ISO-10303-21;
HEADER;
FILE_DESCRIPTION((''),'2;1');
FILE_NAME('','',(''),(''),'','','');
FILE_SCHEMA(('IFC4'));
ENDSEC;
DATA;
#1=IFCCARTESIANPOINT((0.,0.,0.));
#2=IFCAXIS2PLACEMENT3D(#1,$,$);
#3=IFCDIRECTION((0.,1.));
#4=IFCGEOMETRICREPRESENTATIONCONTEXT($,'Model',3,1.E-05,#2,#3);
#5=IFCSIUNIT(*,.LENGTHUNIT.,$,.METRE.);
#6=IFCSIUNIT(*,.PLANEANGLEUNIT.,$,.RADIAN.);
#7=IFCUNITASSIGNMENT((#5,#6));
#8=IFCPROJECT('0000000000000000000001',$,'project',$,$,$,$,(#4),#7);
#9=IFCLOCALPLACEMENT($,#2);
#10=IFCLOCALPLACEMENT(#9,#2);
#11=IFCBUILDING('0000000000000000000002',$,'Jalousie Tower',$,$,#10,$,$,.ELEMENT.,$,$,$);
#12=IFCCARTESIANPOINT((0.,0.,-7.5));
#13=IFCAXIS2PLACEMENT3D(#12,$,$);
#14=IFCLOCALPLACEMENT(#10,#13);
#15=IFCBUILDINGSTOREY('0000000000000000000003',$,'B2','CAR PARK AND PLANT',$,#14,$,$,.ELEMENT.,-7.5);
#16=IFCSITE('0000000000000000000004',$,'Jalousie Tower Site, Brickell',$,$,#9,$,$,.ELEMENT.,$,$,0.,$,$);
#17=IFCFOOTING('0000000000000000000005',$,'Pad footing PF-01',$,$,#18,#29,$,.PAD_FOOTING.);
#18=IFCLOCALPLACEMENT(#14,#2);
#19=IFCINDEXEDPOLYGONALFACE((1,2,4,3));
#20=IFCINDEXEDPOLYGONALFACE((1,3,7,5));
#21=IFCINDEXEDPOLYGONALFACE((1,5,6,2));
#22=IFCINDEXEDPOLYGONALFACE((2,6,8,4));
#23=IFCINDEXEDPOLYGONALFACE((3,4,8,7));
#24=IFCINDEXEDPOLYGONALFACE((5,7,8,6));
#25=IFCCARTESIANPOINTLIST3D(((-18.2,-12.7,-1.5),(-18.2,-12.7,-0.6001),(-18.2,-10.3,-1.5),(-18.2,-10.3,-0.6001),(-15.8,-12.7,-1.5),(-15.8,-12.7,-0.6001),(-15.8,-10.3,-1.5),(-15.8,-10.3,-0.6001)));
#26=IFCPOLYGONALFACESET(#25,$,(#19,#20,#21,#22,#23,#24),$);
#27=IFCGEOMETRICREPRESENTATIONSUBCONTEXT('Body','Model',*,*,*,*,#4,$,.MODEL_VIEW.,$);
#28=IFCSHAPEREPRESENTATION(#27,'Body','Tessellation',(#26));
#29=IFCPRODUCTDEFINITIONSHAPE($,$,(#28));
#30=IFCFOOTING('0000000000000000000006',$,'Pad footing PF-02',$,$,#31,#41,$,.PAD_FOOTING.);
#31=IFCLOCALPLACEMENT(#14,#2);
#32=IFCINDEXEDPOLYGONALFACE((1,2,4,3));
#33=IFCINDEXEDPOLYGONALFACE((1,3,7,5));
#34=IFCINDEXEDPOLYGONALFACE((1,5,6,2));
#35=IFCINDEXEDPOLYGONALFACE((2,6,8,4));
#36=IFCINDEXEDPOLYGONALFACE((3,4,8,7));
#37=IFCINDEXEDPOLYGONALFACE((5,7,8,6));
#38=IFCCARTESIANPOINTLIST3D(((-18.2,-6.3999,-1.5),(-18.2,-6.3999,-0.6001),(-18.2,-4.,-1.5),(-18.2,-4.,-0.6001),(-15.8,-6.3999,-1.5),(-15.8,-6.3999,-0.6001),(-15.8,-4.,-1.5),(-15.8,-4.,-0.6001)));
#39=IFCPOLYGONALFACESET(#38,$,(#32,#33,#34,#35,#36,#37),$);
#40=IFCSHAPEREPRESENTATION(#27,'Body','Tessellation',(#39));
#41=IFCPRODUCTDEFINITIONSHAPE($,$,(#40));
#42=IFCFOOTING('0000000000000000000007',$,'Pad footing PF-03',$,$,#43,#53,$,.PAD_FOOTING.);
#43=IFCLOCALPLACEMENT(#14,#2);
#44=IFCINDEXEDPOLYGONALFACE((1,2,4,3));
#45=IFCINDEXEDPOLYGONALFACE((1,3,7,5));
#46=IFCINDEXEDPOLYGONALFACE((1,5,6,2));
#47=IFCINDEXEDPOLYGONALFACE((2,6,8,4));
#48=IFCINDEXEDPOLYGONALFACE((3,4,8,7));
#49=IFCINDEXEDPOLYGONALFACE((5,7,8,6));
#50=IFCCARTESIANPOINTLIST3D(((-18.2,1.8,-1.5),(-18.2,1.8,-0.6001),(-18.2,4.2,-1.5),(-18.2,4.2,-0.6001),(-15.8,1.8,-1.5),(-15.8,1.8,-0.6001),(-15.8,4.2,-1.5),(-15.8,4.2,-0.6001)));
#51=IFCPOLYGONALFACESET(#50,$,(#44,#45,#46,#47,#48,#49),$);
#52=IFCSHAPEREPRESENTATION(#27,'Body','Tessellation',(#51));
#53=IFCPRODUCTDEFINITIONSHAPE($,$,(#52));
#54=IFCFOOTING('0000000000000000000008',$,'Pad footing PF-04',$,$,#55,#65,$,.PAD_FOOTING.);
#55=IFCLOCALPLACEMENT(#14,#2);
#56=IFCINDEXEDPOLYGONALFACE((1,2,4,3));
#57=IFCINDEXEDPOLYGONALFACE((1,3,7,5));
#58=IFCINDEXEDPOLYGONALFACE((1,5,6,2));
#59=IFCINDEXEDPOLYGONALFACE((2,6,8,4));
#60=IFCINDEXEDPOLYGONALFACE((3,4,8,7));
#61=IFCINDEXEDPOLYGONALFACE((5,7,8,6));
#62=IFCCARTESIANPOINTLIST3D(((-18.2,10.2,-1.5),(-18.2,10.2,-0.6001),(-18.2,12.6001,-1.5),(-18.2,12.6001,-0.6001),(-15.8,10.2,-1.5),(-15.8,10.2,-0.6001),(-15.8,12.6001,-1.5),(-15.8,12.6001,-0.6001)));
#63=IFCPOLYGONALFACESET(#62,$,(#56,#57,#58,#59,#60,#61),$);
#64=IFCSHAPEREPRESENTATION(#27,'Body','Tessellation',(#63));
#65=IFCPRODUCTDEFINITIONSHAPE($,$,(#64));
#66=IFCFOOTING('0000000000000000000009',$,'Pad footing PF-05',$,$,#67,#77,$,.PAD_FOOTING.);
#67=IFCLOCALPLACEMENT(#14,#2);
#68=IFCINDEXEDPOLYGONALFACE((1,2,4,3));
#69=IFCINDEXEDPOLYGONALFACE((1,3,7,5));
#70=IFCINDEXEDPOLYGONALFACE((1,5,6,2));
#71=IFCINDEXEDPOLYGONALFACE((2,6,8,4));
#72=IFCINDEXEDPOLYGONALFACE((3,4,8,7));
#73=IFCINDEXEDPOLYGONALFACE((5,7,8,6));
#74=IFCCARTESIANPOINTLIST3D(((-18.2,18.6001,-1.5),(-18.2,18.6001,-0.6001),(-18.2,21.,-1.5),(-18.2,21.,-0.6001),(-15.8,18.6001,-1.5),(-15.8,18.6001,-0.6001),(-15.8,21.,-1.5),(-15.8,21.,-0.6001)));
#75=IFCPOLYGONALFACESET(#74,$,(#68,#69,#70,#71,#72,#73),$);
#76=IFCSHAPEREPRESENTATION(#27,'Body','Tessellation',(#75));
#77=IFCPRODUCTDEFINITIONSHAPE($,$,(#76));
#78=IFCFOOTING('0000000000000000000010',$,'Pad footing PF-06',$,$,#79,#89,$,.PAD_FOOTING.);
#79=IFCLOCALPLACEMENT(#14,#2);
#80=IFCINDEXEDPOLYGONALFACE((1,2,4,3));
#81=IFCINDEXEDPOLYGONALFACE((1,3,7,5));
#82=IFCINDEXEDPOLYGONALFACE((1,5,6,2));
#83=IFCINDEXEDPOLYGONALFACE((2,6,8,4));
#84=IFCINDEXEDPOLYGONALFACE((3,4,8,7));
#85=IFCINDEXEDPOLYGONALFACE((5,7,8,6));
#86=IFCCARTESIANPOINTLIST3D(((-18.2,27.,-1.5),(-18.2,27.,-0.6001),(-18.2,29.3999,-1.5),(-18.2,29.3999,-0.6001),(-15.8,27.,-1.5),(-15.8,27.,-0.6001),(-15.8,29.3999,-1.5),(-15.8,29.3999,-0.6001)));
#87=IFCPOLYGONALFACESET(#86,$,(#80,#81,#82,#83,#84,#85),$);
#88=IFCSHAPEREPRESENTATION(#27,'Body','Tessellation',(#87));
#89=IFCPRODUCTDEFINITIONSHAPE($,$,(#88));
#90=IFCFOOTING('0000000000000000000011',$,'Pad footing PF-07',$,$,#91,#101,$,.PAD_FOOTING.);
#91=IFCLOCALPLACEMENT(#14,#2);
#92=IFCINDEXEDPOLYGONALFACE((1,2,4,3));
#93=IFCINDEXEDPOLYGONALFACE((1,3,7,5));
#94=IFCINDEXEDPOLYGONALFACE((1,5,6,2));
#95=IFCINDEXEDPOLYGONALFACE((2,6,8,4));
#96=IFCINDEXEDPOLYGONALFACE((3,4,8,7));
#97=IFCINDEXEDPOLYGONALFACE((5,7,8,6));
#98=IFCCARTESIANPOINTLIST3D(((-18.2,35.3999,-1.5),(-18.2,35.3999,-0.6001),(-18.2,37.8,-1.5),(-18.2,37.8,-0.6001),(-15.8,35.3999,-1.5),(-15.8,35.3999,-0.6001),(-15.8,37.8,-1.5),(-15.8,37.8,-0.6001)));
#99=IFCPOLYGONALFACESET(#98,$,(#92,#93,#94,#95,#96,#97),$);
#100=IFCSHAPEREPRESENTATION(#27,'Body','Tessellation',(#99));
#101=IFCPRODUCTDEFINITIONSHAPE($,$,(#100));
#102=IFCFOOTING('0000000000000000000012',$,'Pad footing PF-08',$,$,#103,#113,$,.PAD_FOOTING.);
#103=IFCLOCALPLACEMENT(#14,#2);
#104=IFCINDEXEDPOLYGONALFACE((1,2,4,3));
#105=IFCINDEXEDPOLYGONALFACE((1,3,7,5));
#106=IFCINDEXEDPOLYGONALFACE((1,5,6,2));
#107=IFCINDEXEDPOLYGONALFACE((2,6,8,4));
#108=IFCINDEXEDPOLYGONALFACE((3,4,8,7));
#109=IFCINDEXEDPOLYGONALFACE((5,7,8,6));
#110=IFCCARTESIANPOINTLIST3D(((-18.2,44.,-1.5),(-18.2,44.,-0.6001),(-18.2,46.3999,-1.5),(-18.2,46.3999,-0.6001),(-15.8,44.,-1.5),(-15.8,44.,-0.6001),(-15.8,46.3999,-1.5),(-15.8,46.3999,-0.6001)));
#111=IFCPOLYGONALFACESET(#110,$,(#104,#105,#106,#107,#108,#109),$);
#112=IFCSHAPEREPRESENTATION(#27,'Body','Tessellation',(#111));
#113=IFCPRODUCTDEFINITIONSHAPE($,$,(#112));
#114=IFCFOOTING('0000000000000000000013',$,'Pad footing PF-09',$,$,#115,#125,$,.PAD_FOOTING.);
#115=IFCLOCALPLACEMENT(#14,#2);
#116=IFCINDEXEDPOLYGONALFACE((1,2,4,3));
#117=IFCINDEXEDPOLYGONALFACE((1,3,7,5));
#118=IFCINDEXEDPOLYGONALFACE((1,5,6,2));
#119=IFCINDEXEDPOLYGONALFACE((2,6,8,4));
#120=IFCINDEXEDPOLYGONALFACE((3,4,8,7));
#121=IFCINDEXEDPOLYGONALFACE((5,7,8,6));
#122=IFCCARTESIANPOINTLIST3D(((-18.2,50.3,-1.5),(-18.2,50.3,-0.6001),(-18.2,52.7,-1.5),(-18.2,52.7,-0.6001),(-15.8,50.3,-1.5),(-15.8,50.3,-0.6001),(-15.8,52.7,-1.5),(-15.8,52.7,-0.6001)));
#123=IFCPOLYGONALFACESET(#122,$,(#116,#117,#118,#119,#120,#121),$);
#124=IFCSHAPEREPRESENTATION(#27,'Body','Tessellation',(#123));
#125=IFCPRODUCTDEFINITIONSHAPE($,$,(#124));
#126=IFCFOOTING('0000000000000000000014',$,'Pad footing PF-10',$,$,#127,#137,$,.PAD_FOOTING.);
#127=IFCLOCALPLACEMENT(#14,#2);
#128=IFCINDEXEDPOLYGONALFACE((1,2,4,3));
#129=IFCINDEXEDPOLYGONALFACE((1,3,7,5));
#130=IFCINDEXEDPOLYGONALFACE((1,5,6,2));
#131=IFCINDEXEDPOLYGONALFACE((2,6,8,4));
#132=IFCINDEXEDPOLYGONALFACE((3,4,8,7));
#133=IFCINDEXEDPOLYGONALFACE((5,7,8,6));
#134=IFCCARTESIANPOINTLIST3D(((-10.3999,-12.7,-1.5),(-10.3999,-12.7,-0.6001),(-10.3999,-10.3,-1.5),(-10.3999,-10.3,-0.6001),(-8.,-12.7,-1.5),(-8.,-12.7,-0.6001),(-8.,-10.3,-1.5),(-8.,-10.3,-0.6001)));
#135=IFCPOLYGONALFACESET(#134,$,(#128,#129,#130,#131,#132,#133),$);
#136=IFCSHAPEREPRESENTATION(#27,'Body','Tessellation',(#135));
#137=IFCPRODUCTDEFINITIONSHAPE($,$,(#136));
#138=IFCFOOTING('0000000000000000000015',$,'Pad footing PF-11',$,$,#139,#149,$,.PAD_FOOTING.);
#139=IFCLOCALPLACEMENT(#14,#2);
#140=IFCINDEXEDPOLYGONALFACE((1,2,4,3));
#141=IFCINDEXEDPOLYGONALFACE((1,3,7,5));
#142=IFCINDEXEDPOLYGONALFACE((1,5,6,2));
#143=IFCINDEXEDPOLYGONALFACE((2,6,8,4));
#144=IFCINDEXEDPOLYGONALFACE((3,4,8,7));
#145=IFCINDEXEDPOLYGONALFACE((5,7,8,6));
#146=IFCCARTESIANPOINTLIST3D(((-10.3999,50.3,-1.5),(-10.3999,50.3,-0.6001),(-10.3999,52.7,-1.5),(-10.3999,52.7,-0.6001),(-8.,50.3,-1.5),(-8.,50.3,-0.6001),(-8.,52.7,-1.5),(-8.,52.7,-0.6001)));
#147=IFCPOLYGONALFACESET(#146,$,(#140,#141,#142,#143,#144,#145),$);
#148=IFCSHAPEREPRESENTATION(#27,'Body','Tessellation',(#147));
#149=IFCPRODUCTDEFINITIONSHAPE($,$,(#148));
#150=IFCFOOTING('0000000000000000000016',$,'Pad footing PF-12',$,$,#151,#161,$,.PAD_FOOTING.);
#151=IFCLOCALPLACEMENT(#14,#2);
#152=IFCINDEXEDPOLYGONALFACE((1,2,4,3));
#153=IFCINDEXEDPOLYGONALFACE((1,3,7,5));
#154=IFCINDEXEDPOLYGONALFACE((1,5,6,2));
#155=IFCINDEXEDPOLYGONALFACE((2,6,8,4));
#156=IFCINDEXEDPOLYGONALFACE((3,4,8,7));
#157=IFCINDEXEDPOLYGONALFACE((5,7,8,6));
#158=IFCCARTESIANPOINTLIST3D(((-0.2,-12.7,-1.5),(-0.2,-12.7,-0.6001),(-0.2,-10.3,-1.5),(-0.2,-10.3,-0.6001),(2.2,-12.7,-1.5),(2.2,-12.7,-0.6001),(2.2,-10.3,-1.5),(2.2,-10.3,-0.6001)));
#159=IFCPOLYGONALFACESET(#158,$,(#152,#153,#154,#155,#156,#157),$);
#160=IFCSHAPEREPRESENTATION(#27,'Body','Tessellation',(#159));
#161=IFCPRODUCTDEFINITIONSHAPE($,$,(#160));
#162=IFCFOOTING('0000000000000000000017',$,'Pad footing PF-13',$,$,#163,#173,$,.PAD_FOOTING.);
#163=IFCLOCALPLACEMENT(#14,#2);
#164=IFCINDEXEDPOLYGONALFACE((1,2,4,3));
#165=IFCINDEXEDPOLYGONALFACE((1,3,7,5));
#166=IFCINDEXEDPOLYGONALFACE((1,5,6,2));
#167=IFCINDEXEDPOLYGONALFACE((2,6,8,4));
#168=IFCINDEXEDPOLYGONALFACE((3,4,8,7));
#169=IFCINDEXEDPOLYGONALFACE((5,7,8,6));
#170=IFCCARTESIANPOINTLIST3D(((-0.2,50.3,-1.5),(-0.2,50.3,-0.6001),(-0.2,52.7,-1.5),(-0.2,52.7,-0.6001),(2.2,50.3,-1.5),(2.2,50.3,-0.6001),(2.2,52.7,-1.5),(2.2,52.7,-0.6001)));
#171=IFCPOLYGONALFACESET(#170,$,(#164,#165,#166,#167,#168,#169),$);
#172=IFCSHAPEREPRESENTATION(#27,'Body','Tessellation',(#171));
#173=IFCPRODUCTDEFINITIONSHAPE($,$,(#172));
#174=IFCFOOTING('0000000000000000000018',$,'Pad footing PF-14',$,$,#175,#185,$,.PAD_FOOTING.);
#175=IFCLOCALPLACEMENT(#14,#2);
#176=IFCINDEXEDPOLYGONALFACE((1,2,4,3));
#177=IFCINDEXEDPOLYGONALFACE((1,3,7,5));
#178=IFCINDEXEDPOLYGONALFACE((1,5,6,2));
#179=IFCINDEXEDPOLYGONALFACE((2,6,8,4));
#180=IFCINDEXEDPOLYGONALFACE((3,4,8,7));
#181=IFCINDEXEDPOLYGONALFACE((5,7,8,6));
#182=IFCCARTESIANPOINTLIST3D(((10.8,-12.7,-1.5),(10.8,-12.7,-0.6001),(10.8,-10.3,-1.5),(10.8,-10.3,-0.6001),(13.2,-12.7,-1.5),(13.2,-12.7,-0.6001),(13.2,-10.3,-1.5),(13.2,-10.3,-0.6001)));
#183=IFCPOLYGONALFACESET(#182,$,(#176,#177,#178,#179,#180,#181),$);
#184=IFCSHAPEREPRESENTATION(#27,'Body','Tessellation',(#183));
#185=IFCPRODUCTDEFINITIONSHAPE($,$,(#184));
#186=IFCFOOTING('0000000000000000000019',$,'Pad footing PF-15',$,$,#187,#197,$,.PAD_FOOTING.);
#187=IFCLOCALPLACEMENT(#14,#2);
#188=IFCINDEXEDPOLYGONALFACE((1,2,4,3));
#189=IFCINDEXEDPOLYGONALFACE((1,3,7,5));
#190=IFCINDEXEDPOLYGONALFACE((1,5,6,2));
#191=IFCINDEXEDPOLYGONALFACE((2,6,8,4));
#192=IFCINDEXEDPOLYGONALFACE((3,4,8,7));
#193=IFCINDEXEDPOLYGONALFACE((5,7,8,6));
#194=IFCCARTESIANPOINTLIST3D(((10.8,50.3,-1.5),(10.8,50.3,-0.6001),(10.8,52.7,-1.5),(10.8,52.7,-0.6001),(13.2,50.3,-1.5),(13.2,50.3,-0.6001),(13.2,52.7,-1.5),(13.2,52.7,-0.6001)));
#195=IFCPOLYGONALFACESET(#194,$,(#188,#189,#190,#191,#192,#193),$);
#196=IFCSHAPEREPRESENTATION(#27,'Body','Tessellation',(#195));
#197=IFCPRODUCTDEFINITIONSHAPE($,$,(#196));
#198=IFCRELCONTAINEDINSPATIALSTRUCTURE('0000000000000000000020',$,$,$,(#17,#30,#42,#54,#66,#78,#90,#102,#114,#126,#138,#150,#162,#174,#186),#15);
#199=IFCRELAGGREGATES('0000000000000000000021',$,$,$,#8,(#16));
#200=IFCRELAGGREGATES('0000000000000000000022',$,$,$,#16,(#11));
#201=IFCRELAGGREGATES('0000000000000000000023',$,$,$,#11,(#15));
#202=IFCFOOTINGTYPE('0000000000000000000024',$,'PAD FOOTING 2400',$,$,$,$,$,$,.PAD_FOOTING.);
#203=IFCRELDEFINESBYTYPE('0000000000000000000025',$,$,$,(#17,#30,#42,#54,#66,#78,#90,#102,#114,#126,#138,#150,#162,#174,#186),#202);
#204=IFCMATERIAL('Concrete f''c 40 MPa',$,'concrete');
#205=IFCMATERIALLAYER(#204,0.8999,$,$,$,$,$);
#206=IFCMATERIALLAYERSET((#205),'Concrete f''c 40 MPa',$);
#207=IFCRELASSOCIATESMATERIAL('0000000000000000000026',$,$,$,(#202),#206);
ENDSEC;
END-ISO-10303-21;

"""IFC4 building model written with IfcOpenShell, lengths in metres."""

from ifc_helpers import new_model, si_unit, direction, frame, origin, place, context, subcontext, project, spatial, polyline, outline, extrude, material, layer, layer_set, type_object, element, save


model = new_model("IFC4")

# Units and contexts
model_context = context("Model", 3, precision=1e-05, world=origin(), true_north=direction((0.0, 1.0)))
body_context = subcontext(model_context, "Body", "Model", "MODEL_VIEW")
ifc_project = project(units=[si_unit("LENGTHUNIT", "METRE"), si_unit("PLANEANGLEUNIT", "RADIAN")], contexts=[model_context])

# Site, building, storey
site_placement = place(None, origin())
site = spatial("IfcSite", under=ifc_project, at=site_placement, Name="Jalousie Tower Site, Brickell", CompositionType="ELEMENT", RefElevation=0.0)
building_placement = place(site_placement, origin())
building = spatial("IfcBuilding", under=site, at=building_placement, Name="Jalousie Tower", CompositionType="ELEMENT")
storey_placement = place(building_placement, frame((0.0, 0.0, -7.5)))
storey = spatial("IfcBuildingStorey", under=building, at=storey_placement, Name="B2", Description="CAR PARK AND PLANT", CompositionType="ELEMENT", Elevation=-7.5)

# Footings
ifc_material_1 = material(Name="Concrete f'c 40 MPa", Category="concrete")
ifc_layer_1 = layer(ifc_material_1, 0.8999)
ifc_layer_set_1 = layer_set([ifc_layer_1], Name="Concrete f'c 40 MPa")
footing_type_1 = type_object("IfcFootingType", Name="PAD FOOTING 2400", PredefinedType="PAD_FOOTING", material=ifc_layer_set_1)
footing_1_placement = place(storey_placement, frame((0.0, 0.0, -1.5)))
element("IfcFooting", 1, at=footing_1_placement, inside=storey, type_object=footing_type_1, Name="Pad footing PF-01", PredefinedType="PAD_FOOTING", context=body_context, shape_type="SweptSolid", body=[
    extrude(outline(polyline([(-18.2, -12.7), (-15.8, -12.7), (-15.8, -10.3), (-18.2, -10.3), (-18.2, -12.7)])), origin(), (0.0, 0.0, 1.0), 0.8999),
])
footing_2_placement = place(storey_placement, frame((0.0, 0.0, -1.5)))
element("IfcFooting", 2, at=footing_2_placement, inside=storey, type_object=footing_type_1, Name="Pad footing PF-02", PredefinedType="PAD_FOOTING", context=body_context, shape_type="SweptSolid", body=[
    extrude(outline(polyline([(-18.2, -6.3999), (-15.8, -6.3999), (-15.8, -4.0), (-18.2, -4.0), (-18.2, -6.3999)])), origin(), (0.0, 0.0, 1.0), 0.8999),
])
footing_3_placement = place(storey_placement, frame((0.0, 0.0, -1.5)))
element("IfcFooting", 3, at=footing_3_placement, inside=storey, type_object=footing_type_1, Name="Pad footing PF-03", PredefinedType="PAD_FOOTING", context=body_context, shape_type="SweptSolid", body=[
    extrude(outline(polyline([(-18.2, 1.8), (-15.8, 1.8), (-15.8, 4.2), (-18.2, 4.2), (-18.2, 1.8)])), origin(), (0.0, 0.0, 1.0), 0.8999),
])
footing_4_placement = place(storey_placement, frame((0.0, 0.0, -1.5)))
element("IfcFooting", 4, at=footing_4_placement, inside=storey, type_object=footing_type_1, Name="Pad footing PF-04", PredefinedType="PAD_FOOTING", context=body_context, shape_type="SweptSolid", body=[
    extrude(outline(polyline([(-18.2, 10.2), (-15.8, 10.2), (-15.8, 12.6001), (-18.2, 12.6001), (-18.2, 10.2)])), origin(), (0.0, 0.0, 1.0), 0.8999),
])
footing_5_placement = place(storey_placement, frame((0.0, 0.0, -1.5)))
element("IfcFooting", 5, at=footing_5_placement, inside=storey, type_object=footing_type_1, Name="Pad footing PF-05", PredefinedType="PAD_FOOTING", context=body_context, shape_type="SweptSolid", body=[
    extrude(outline(polyline([(-18.2, 18.6001), (-15.8, 18.6001), (-15.8, 21.0), (-18.2, 21.0), (-18.2, 18.6001)])), origin(), (0.0, 0.0, 1.0), 0.8999),
])
footing_6_placement = place(storey_placement, frame((0.0, 0.0, -1.5)))
element("IfcFooting", 6, at=footing_6_placement, inside=storey, type_object=footing_type_1, Name="Pad footing PF-06", PredefinedType="PAD_FOOTING", context=body_context, shape_type="SweptSolid", body=[
    extrude(outline(polyline([(-18.2, 27.0), (-15.8, 27.0), (-15.8, 29.3999), (-18.2, 29.3999), (-18.2, 27.0)])), origin(), (0.0, 0.0, 1.0), 0.8999),
])
footing_7_placement = place(storey_placement, frame((0.0, 0.0, -1.5)))
element("IfcFooting", 7, at=footing_7_placement, inside=storey, type_object=footing_type_1, Name="Pad footing PF-07", PredefinedType="PAD_FOOTING", context=body_context, shape_type="SweptSolid", body=[
    extrude(outline(polyline([(-18.2, 35.3999), (-15.8, 35.3999), (-15.8, 37.8), (-18.2, 37.8), (-18.2, 35.3999)])), origin(), (0.0, 0.0, 1.0), 0.8999),
])
footing_8_placement = place(storey_placement, frame((0.0, 0.0, -1.5)))
element("IfcFooting", 8, at=footing_8_placement, inside=storey, type_object=footing_type_1, Name="Pad footing PF-08", PredefinedType="PAD_FOOTING", context=body_context, shape_type="SweptSolid", body=[
    extrude(outline(polyline([(-18.2, 44.0), (-15.8, 44.0), (-15.8, 46.3999), (-18.2, 46.3999), (-18.2, 44.0)])), origin(), (0.0, 0.0, 1.0), 0.8999),
])
footing_9_placement = place(storey_placement, frame((0.0, 0.0, -1.5)))
element("IfcFooting", 9, at=footing_9_placement, inside=storey, type_object=footing_type_1, Name="Pad footing PF-09", PredefinedType="PAD_FOOTING", context=body_context, shape_type="SweptSolid", body=[
    extrude(outline(polyline([(-18.2, 50.3), (-15.8, 50.3), (-15.8, 52.7), (-18.2, 52.7), (-18.2, 50.3)])), origin(), (0.0, 0.0, 1.0), 0.8999),
])
footing_10_placement = place(storey_placement, frame((0.0, 0.0, -1.5)))
element("IfcFooting", 10, at=footing_10_placement, inside=storey, type_object=footing_type_1, Name="Pad footing PF-10", PredefinedType="PAD_FOOTING", context=body_context, shape_type="SweptSolid", body=[
    extrude(outline(polyline([(-10.3999, -12.7), (-8.0, -12.7), (-8.0, -10.3), (-10.3999, -10.3), (-10.3999, -12.7)])), origin(), (0.0, 0.0, 1.0), 0.8999),
])
footing_11_placement = place(storey_placement, frame((0.0, 0.0, -1.5)))
element("IfcFooting", 11, at=footing_11_placement, inside=storey, type_object=footing_type_1, Name="Pad footing PF-11", PredefinedType="PAD_FOOTING", context=body_context, shape_type="SweptSolid", body=[
    extrude(outline(polyline([(-10.3999, 50.3), (-8.0, 50.3), (-8.0, 52.7), (-10.3999, 52.7), (-10.3999, 50.3)])), origin(), (0.0, 0.0, 1.0), 0.8999),
])
footing_12_placement = place(storey_placement, frame((0.0, 0.0, -1.5)))
element("IfcFooting", 12, at=footing_12_placement, inside=storey, type_object=footing_type_1, Name="Pad footing PF-12", PredefinedType="PAD_FOOTING", context=body_context, shape_type="SweptSolid", body=[
    extrude(outline(polyline([(-0.2, -12.7), (2.2, -12.7), (2.2, -10.3), (-0.2, -10.3), (-0.2, -12.7)])), origin(), (0.0, 0.0, 1.0), 0.8999),
])
footing_13_placement = place(storey_placement, frame((0.0, 0.0, -1.5)))
element("IfcFooting", 13, at=footing_13_placement, inside=storey, type_object=footing_type_1, Name="Pad footing PF-13", PredefinedType="PAD_FOOTING", context=body_context, shape_type="SweptSolid", body=[
    extrude(outline(polyline([(-0.2, 50.3), (2.2, 50.3), (2.2, 52.7), (-0.2, 52.7), (-0.2, 50.3)])), origin(), (0.0, 0.0, 1.0), 0.8999),
])
footing_14_placement = place(storey_placement, frame((0.0, 0.0, -1.5)))
element("IfcFooting", 14, at=footing_14_placement, inside=storey, type_object=footing_type_1, Name="Pad footing PF-14", PredefinedType="PAD_FOOTING", context=body_context, shape_type="SweptSolid", body=[
    extrude(outline(polyline([(10.8, -12.7), (13.2, -12.7), (13.2, -10.3), (10.8, -10.3), (10.8, -12.7)])), origin(), (0.0, 0.0, 1.0), 0.8999),
])
footing_15_placement = place(storey_placement, frame((0.0, 0.0, -1.5)))
element("IfcFooting", 15, at=footing_15_placement, inside=storey, type_object=footing_type_1, Name="Pad footing PF-15", PredefinedType="PAD_FOOTING", context=body_context, shape_type="SweptSolid", body=[
    extrude(outline(polyline([(10.8, 50.3), (13.2, 50.3), (13.2, 52.7), (10.8, 52.7), (10.8, 50.3)])), origin(), (0.0, 0.0, 1.0), 0.8999),
])

save(model, "model.ifc")
